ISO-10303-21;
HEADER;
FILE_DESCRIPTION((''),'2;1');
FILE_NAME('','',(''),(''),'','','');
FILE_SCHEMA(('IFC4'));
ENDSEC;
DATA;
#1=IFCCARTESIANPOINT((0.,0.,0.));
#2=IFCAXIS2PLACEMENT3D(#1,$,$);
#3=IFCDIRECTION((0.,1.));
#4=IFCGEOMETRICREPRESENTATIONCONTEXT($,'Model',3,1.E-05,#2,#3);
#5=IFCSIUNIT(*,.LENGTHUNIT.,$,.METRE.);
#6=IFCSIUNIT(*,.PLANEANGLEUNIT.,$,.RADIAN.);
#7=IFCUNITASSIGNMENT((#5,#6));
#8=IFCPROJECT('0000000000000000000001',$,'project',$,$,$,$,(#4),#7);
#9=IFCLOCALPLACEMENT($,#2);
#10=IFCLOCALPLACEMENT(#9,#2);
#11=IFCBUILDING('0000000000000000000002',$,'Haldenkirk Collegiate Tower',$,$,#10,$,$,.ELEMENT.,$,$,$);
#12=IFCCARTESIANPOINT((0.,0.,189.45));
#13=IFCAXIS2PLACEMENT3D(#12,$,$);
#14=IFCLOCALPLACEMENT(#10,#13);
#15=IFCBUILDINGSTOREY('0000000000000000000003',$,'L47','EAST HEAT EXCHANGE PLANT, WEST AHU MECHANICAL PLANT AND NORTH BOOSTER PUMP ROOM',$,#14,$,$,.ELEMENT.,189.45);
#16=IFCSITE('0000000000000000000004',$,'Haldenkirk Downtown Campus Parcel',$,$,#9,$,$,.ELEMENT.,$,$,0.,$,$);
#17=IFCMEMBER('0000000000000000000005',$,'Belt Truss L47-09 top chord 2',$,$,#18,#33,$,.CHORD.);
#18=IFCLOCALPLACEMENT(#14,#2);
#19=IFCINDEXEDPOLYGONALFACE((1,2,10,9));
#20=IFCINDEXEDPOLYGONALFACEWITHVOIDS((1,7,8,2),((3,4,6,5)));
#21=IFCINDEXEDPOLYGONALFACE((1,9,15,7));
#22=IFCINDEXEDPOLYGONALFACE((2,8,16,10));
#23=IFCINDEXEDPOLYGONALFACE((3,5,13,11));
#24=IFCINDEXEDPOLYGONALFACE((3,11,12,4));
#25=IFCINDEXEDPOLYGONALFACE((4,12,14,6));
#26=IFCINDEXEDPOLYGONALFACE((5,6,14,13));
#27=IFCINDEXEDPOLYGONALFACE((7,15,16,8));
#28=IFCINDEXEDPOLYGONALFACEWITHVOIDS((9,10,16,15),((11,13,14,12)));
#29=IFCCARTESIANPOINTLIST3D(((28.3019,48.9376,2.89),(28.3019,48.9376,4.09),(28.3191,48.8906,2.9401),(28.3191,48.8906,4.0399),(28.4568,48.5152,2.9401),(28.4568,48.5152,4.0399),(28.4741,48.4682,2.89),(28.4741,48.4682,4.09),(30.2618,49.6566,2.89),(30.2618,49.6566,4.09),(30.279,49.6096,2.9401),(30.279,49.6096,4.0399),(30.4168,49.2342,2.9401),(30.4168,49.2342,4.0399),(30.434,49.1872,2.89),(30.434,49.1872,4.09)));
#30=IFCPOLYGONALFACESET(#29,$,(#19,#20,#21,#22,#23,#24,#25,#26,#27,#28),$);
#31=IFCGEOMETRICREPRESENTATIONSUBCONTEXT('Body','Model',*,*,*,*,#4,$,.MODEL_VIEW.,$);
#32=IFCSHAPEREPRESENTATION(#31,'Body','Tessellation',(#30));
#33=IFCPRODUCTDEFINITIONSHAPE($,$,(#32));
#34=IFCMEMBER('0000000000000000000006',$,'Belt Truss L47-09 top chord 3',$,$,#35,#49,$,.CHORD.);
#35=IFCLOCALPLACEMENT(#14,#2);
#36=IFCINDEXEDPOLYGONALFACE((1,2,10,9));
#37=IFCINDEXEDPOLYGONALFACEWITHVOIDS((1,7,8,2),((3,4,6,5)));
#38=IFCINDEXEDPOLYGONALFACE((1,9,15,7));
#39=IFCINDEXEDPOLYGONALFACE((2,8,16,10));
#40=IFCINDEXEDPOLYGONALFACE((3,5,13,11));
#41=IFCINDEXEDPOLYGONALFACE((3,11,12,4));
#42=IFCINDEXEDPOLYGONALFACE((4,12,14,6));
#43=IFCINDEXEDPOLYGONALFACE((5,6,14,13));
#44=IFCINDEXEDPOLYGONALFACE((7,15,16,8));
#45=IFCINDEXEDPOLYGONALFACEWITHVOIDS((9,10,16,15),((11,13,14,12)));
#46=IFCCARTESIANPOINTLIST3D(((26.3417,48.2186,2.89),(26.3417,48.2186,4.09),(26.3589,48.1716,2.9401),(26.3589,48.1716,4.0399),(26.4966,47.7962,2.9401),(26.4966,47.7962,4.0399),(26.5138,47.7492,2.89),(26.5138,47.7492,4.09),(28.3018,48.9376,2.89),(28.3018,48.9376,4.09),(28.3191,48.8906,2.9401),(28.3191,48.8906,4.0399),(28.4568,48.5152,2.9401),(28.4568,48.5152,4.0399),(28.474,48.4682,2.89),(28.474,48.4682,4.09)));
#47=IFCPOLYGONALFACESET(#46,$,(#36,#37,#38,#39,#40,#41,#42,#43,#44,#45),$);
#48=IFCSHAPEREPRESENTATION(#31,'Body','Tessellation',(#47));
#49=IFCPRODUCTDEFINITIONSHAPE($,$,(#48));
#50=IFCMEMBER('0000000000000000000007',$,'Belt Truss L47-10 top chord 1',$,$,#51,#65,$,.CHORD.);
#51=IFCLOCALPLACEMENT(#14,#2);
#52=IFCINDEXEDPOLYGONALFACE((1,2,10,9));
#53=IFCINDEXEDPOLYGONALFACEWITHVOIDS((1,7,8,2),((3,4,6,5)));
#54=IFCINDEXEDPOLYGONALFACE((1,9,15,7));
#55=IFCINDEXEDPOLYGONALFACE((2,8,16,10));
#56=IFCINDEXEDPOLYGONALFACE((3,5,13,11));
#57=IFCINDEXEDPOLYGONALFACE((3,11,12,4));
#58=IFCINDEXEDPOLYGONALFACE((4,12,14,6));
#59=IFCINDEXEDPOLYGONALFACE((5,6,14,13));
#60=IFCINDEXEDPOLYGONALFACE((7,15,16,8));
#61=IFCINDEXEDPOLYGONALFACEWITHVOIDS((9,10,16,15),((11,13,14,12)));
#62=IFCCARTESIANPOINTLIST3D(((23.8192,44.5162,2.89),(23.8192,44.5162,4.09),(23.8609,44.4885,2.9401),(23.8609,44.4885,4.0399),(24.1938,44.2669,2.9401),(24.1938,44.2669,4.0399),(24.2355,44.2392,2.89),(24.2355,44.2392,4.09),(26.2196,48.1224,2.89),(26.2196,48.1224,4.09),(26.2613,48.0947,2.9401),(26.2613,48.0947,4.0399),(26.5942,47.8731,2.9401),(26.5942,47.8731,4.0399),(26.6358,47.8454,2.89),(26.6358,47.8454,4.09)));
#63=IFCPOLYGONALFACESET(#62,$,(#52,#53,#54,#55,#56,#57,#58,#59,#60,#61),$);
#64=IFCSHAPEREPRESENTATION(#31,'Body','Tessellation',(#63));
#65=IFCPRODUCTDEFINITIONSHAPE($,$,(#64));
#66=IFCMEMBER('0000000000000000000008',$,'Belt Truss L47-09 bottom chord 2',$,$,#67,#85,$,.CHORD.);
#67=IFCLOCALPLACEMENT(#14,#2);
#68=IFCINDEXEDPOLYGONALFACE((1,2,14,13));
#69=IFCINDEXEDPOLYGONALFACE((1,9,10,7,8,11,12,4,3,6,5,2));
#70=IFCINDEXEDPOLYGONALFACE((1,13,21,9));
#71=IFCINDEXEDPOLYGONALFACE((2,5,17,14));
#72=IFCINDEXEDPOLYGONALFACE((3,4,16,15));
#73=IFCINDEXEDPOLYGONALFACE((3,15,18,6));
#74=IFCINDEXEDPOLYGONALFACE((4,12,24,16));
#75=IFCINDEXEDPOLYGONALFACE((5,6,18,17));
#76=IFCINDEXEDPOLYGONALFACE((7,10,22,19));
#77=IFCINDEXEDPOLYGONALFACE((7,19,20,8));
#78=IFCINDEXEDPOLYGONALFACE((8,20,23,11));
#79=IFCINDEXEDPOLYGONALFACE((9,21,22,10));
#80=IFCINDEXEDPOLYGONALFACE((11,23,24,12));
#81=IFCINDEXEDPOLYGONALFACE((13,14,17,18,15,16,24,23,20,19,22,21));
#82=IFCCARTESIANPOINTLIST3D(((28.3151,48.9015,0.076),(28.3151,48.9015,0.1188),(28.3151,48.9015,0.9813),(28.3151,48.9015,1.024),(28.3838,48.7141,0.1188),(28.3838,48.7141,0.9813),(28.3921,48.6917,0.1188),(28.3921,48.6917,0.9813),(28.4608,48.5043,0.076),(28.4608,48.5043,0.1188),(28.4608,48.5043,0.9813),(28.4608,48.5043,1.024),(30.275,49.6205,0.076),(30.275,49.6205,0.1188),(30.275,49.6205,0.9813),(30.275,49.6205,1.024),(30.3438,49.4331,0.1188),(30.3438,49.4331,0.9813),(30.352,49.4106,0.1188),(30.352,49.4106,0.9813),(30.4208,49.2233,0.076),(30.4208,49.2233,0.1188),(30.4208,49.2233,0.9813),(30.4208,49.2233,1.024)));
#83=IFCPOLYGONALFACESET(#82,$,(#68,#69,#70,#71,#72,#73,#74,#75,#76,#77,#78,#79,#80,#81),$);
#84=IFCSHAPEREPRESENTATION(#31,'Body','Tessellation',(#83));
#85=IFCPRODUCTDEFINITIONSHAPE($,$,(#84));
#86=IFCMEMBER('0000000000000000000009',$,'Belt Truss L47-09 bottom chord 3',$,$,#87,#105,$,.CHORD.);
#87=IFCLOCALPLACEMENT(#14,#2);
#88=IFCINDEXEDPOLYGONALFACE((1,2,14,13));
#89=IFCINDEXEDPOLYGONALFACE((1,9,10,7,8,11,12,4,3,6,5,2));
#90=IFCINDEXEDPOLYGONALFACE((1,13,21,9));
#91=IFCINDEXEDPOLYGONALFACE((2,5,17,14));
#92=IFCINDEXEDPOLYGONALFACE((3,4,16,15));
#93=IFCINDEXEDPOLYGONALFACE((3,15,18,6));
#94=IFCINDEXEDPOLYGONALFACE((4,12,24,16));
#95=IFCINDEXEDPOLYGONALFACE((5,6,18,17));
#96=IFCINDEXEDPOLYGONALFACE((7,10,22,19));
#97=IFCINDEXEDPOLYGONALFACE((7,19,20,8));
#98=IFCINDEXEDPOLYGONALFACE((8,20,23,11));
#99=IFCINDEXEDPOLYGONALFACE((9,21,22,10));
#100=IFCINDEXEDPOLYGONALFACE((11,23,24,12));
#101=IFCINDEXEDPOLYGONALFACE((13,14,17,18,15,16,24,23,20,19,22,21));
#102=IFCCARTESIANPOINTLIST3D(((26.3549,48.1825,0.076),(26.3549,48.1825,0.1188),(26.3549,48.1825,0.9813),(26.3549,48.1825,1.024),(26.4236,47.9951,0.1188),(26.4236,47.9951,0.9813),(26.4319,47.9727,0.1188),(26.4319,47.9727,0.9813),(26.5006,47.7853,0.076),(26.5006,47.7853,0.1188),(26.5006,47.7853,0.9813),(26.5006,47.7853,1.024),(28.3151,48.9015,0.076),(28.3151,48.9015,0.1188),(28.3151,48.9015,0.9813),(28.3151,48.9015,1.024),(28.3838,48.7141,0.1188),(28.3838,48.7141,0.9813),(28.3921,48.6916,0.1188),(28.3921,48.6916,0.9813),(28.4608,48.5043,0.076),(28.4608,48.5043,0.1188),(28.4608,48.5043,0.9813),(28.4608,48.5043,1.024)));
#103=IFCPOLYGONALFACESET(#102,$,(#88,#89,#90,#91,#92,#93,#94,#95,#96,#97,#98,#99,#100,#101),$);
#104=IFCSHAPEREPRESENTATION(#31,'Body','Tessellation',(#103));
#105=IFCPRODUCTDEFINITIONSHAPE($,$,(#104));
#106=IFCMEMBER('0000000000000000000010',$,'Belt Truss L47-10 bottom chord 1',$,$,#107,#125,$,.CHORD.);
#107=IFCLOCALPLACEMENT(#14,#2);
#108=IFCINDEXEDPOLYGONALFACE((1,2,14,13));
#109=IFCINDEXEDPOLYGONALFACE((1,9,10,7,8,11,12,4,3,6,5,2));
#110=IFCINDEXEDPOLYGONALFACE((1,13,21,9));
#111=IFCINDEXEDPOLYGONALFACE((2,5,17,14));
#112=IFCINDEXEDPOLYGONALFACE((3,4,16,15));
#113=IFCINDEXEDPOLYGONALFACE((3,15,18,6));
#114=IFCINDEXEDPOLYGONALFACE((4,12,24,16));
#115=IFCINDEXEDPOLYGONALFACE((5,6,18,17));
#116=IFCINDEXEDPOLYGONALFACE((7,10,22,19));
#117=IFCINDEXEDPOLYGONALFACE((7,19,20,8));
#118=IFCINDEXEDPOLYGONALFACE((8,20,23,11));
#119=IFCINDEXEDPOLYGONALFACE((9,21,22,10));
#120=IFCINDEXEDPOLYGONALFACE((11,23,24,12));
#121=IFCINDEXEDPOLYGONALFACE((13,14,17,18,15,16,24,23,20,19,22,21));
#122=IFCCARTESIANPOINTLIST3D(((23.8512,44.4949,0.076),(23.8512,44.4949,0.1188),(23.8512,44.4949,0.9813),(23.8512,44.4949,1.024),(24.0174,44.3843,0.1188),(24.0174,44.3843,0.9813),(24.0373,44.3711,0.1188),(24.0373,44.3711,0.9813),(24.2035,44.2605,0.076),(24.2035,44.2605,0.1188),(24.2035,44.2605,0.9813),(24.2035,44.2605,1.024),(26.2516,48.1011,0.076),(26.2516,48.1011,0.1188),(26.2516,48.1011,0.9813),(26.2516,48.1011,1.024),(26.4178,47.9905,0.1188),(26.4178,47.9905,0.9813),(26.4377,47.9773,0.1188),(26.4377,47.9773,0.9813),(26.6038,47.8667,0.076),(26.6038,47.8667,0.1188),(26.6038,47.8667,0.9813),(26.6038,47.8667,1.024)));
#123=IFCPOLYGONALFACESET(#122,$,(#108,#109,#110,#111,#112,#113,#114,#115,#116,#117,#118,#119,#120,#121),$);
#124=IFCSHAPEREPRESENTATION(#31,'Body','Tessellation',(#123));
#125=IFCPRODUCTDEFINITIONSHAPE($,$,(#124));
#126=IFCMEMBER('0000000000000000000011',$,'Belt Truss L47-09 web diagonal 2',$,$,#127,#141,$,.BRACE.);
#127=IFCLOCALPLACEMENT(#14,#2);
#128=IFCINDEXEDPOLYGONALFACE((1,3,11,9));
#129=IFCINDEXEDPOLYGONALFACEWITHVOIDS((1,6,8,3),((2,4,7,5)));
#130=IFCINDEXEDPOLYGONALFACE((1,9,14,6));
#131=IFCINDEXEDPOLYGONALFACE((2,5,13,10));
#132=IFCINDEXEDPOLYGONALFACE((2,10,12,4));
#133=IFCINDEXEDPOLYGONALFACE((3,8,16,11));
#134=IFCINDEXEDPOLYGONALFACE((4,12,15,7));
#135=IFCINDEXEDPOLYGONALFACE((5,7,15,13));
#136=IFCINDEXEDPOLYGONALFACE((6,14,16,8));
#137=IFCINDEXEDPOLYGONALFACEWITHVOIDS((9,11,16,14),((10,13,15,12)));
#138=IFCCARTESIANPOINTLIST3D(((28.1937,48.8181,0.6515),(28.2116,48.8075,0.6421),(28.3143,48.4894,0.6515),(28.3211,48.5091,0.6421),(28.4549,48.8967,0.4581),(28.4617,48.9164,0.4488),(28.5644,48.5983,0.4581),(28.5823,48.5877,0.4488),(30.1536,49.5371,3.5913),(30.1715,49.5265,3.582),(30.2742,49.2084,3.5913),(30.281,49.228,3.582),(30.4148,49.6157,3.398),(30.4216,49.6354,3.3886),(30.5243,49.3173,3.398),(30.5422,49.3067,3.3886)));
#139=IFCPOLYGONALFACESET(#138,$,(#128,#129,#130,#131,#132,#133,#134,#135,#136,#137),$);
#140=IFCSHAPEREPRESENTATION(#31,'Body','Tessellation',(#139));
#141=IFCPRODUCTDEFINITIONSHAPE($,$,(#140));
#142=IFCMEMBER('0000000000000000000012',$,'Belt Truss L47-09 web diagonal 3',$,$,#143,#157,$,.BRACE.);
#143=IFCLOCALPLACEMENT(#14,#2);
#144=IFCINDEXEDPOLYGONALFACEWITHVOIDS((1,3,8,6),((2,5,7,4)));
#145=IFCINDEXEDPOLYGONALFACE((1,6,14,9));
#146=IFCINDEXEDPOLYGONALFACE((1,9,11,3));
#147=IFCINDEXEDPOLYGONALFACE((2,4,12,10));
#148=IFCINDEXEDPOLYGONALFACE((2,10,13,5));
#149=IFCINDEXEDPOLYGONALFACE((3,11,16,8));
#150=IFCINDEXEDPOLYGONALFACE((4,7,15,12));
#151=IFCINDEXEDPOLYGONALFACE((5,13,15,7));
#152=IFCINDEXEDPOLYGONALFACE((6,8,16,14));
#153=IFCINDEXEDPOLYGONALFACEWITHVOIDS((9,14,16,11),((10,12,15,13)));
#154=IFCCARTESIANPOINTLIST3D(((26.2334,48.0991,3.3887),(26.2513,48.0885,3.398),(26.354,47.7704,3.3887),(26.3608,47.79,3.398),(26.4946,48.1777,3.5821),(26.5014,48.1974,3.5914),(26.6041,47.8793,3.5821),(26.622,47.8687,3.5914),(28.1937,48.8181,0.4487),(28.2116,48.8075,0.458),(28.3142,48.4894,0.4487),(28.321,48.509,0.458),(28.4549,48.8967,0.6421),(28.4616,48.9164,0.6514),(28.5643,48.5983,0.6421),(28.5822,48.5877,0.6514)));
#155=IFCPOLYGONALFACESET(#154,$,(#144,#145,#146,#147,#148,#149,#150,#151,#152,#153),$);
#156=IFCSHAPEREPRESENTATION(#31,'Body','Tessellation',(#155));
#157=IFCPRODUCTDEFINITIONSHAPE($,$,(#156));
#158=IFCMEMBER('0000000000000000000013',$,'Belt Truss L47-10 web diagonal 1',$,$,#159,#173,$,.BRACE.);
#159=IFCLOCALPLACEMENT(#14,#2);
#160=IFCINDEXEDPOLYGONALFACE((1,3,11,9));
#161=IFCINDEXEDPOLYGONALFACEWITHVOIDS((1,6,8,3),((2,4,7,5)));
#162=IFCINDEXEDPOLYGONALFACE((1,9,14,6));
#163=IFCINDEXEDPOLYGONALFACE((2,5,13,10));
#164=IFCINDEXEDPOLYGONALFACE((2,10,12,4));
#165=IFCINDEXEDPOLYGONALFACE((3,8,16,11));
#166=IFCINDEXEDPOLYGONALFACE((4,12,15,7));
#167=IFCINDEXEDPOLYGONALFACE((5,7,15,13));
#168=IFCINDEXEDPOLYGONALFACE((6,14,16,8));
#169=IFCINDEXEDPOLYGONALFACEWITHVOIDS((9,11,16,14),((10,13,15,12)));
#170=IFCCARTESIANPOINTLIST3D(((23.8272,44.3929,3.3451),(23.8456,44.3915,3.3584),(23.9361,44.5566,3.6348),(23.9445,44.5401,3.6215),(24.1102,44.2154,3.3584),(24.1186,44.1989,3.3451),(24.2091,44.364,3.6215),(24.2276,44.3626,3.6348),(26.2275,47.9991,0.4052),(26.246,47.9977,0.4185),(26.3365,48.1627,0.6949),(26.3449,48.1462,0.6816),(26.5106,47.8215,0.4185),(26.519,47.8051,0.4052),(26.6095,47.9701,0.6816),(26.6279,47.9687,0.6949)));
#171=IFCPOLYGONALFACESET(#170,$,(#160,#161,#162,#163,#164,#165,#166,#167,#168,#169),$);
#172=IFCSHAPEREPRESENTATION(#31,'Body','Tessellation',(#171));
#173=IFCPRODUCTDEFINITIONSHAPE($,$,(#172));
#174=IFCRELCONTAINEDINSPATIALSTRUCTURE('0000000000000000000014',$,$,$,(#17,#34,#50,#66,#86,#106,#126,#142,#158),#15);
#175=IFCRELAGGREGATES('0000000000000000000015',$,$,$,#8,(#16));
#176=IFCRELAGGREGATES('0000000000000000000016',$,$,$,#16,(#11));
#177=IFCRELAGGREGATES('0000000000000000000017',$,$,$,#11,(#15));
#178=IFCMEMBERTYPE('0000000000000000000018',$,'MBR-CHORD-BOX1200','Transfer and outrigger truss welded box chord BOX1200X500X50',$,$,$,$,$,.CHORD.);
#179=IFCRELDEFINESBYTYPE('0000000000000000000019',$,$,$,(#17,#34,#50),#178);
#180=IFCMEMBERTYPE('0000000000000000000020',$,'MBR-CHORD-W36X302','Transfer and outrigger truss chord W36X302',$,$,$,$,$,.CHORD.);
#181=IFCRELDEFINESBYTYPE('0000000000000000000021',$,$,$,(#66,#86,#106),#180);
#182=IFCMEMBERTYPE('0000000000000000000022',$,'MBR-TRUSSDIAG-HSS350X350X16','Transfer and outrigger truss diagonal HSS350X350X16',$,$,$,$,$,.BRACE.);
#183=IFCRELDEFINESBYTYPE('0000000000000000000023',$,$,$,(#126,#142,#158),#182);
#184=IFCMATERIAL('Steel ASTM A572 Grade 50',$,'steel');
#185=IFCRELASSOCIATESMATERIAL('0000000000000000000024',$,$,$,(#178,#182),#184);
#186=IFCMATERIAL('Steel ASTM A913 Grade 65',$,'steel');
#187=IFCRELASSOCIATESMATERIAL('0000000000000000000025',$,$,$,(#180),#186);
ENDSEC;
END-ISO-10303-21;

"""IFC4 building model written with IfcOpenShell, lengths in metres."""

from ifc_helpers import new_model, si_unit, direction, frame, origin, origin_2d, place, context, subcontext, project, spatial, hollow_rectangle, i_section, extrude, material, material_profile, profile_set, type_object, element, save


model = new_model("IFC4")

# Units and contexts
model_context = context("Model", 3, precision=1e-05, world=origin(), true_north=direction((0.0, 1.0)))
body_context = subcontext(model_context, "Body", "Model", "MODEL_VIEW")
ifc_project = project(units=[si_unit("LENGTHUNIT", "METRE"), si_unit("PLANEANGLEUNIT", "RADIAN")], contexts=[model_context])

# Site, building, storey
site_placement = place(None, origin())
site = spatial("IfcSite", under=ifc_project, at=site_placement, Name="Haldenkirk Downtown Campus Parcel", CompositionType="ELEMENT", RefElevation=0.0)
building_placement = place(site_placement, origin())
building = spatial("IfcBuilding", under=site, at=building_placement, Name="Haldenkirk Collegiate Tower", CompositionType="ELEMENT")
storey_placement = place(building_placement, frame((0.0, 0.0, 189.45)))
storey = spatial("IfcBuildingStorey", under=building, at=storey_placement, Name="L47", Description="EAST HEAT EXCHANGE PLANT, WEST AHU MECHANICAL PLANT AND NORTH BOOSTER PUMP ROOM", CompositionType="ELEMENT", Elevation=189.45)

# Members
ifc_material_1 = material(Name="Steel ASTM A572 Grade 50", Category="steel")
ifc_material_profile_1 = material_profile(ifc_material_1, hollow_rectangle(XDim=0.5, YDim=1.2, WallThickness=0.05, at=origin_2d()), Name="BOX1200X500X50")
ifc_profile_set_1 = profile_set([ifc_material_profile_1], Name="Steel ASTM A572 Grade 50")
member_type_1 = type_object("IfcMemberType", Name="MBR-CHORD-BOX1200", Description="Transfer and outrigger truss welded box chord BOX1200X500X50", PredefinedType="CHORD", material=ifc_profile_set_1)
member_1_placement = place(storey_placement, frame((30.3479, 49.4219, 3.49), z_axis=(-0.938823, -0.344399, 0.0), x_axis=(0.344399, -0.938823, 0.0)))
element("IfcMember", 1, at=member_1_placement, inside=storey, type_object=member_type_1, Name="Belt Truss L47-09 top chord 2", PredefinedType="CHORD", context=body_context, shape_type="SweptSolid", body=[
    extrude(hollow_rectangle(XDim=0.5, YDim=1.2, WallThickness=0.05, at=origin_2d()), origin(), (0.0, 0.0, 1.0), 2.0876),
])
member_2_placement = place(storey_placement, frame((28.3879, 48.7029, 3.49), z_axis=(-0.938837, -0.344361, 0.0), x_axis=(0.344361, -0.938837, 0.0)))
element("IfcMember", 2, at=member_2_placement, inside=storey, type_object=member_type_1, Name="Belt Truss L47-09 top chord 3", PredefinedType="CHORD", context=body_context, shape_type="SweptSolid", body=[
    extrude(hollow_rectangle(XDim=0.5, YDim=1.2, WallThickness=0.05, at=origin_2d()), origin(), (0.0, 0.0, 1.0), 2.0879),
])
member_3_placement = place(storey_placement, frame((26.4277, 47.9839, 3.49), z_axis=(-0.554102, -0.832449, 0.0), x_axis=(0.832449, -0.554102, 0.0)))
element("IfcMember", 3, at=member_3_placement, inside=storey, type_object=member_type_1, Name="Belt Truss L47-10 top chord 1", PredefinedType="CHORD", context=body_context, shape_type="SweptSolid", body=[
    extrude(hollow_rectangle(XDim=0.5, YDim=1.2, WallThickness=0.05, at=origin_2d()), origin(), (0.0, 0.0, 1.0), 4.332),
])
ifc_material_2 = material(Name="Steel ASTM A913 Grade 65", Category="steel")
ifc_material_profile_2 = material_profile(ifc_material_2, i_section(OverallWidth=0.4231, OverallDepth=0.948, WebThickness=0.0239, FlangeThickness=0.0427, at=origin_2d()), Name="W36X302")
ifc_profile_set_2 = profile_set([ifc_material_profile_2], Name="Steel ASTM A913 Grade 65")
member_type_2 = type_object("IfcMemberType", Name="MBR-CHORD-W36X302", Description="Transfer and outrigger truss chord W36X302", PredefinedType="CHORD", material=ifc_profile_set_2)
member_4_placement = place(storey_placement, frame((30.3479, 49.4219, 0.55), z_axis=(-0.938823, -0.344399, 0.0), x_axis=(0.344399, -0.938823, 0.0)))
element("IfcMember", 4, at=member_4_placement, inside=storey, type_object=member_type_2, Name="Belt Truss L47-09 bottom chord 2", PredefinedType="CHORD", context=body_context, shape_type="SweptSolid", body=[
    extrude(i_section(OverallWidth=0.4231, OverallDepth=0.948, WebThickness=0.0239, FlangeThickness=0.0427, at=origin_2d()), origin(), (0.0, 0.0, 1.0), 2.0876),
])
member_5_placement = place(storey_placement, frame((28.3879, 48.7029, 0.55), z_axis=(-0.938837, -0.344361, 0.0), x_axis=(0.344361, -0.938837, 0.0)))
element("IfcMember", 5, at=member_5_placement, inside=storey, type_object=member_type_2, Name="Belt Truss L47-09 bottom chord 3", PredefinedType="CHORD", context=body_context, shape_type="SweptSolid", body=[
    extrude(i_section(OverallWidth=0.4231, OverallDepth=0.948, WebThickness=0.0239, FlangeThickness=0.0427, at=origin_2d()), origin(), (0.0, 0.0, 1.0), 2.0879),
])
member_6_placement = place(storey_placement, frame((26.4277, 47.9839, 0.55), z_axis=(-0.554102, -0.832449, 0.0), x_axis=(0.832449, -0.554102, 0.0)))
element("IfcMember", 6, at=member_6_placement, inside=storey, type_object=member_type_2, Name="Belt Truss L47-10 bottom chord 1", PredefinedType="CHORD", context=body_context, shape_type="SweptSolid", body=[
    extrude(i_section(OverallWidth=0.4231, OverallDepth=0.948, WebThickness=0.0239, FlangeThickness=0.0427, at=origin_2d()), origin(), (0.0, 0.0, 1.0), 4.332),
])
ifc_material_profile_3 = material_profile(ifc_material_1, hollow_rectangle(XDim=0.3501, YDim=0.3501, WallThickness=0.0161, at=origin_2d()), Name="HSS350X350X16")
ifc_profile_set_3 = profile_set([ifc_material_profile_3], Name="Steel ASTM A572 Grade 50")
member_type_3 = type_object("IfcMemberType", Name="MBR-TRUSSDIAG-HSS350X350X16", Description="Transfer and outrigger truss diagonal HSS350X350X16", PredefinedType="BRACE", material=ifc_profile_set_3)
member_7_placement = place(storey_placement, frame((30.3479, 49.4219, 3.49), z_axis=(-0.543561, -0.1994, -0.815341), x_axis=(0.344399, -0.938823, 0.0)))
element("IfcMember", 7, at=member_7_placement, inside=storey, type_object=member_type_3, Name="Belt Truss L47-09 web diagonal 2", PredefinedType="BRACE", context=body_context, shape_type="SweptSolid", body=[
    extrude(hollow_rectangle(XDim=0.3501, YDim=0.3501, WallThickness=0.0161, at=origin_2d()), origin(), (0.0, 0.0, 1.0), 3.6057),
])
member_8_placement = place(storey_placement, frame((28.3879, 48.7029, 0.55), z_axis=(-0.543608, -0.199393, 0.815311), x_axis=(0.344361, -0.938837, 0.0)))
element("IfcMember", 8, at=member_8_placement, inside=storey, type_object=member_type_3, Name="Belt Truss L47-09 web diagonal 3", PredefinedType="BRACE", context=body_context, shape_type="SweptSolid", body=[
    extrude(hollow_rectangle(XDim=0.3501, YDim=0.3501, WallThickness=0.0161, at=origin_2d()), origin(), (0.0, 0.0, 1.0), 3.606),
])
member_9_placement = place(storey_placement, frame((26.4277, 47.9839, 0.55), z_axis=(-0.458489, -0.688806, 0.561546), x_axis=(0.832449, -0.554102, 0.0)))
element("IfcMember", 9, at=member_9_placement, inside=storey, type_object=member_type_3, Name="Belt Truss L47-10 web diagonal 1", PredefinedType="BRACE", context=body_context, shape_type="SweptSolid", body=[
    extrude(hollow_rectangle(XDim=0.3501, YDim=0.3501, WallThickness=0.0161, at=origin_2d()), origin(), (0.0, 0.0, 1.0), 5.2354),
])

save(model, "model.ifc")
